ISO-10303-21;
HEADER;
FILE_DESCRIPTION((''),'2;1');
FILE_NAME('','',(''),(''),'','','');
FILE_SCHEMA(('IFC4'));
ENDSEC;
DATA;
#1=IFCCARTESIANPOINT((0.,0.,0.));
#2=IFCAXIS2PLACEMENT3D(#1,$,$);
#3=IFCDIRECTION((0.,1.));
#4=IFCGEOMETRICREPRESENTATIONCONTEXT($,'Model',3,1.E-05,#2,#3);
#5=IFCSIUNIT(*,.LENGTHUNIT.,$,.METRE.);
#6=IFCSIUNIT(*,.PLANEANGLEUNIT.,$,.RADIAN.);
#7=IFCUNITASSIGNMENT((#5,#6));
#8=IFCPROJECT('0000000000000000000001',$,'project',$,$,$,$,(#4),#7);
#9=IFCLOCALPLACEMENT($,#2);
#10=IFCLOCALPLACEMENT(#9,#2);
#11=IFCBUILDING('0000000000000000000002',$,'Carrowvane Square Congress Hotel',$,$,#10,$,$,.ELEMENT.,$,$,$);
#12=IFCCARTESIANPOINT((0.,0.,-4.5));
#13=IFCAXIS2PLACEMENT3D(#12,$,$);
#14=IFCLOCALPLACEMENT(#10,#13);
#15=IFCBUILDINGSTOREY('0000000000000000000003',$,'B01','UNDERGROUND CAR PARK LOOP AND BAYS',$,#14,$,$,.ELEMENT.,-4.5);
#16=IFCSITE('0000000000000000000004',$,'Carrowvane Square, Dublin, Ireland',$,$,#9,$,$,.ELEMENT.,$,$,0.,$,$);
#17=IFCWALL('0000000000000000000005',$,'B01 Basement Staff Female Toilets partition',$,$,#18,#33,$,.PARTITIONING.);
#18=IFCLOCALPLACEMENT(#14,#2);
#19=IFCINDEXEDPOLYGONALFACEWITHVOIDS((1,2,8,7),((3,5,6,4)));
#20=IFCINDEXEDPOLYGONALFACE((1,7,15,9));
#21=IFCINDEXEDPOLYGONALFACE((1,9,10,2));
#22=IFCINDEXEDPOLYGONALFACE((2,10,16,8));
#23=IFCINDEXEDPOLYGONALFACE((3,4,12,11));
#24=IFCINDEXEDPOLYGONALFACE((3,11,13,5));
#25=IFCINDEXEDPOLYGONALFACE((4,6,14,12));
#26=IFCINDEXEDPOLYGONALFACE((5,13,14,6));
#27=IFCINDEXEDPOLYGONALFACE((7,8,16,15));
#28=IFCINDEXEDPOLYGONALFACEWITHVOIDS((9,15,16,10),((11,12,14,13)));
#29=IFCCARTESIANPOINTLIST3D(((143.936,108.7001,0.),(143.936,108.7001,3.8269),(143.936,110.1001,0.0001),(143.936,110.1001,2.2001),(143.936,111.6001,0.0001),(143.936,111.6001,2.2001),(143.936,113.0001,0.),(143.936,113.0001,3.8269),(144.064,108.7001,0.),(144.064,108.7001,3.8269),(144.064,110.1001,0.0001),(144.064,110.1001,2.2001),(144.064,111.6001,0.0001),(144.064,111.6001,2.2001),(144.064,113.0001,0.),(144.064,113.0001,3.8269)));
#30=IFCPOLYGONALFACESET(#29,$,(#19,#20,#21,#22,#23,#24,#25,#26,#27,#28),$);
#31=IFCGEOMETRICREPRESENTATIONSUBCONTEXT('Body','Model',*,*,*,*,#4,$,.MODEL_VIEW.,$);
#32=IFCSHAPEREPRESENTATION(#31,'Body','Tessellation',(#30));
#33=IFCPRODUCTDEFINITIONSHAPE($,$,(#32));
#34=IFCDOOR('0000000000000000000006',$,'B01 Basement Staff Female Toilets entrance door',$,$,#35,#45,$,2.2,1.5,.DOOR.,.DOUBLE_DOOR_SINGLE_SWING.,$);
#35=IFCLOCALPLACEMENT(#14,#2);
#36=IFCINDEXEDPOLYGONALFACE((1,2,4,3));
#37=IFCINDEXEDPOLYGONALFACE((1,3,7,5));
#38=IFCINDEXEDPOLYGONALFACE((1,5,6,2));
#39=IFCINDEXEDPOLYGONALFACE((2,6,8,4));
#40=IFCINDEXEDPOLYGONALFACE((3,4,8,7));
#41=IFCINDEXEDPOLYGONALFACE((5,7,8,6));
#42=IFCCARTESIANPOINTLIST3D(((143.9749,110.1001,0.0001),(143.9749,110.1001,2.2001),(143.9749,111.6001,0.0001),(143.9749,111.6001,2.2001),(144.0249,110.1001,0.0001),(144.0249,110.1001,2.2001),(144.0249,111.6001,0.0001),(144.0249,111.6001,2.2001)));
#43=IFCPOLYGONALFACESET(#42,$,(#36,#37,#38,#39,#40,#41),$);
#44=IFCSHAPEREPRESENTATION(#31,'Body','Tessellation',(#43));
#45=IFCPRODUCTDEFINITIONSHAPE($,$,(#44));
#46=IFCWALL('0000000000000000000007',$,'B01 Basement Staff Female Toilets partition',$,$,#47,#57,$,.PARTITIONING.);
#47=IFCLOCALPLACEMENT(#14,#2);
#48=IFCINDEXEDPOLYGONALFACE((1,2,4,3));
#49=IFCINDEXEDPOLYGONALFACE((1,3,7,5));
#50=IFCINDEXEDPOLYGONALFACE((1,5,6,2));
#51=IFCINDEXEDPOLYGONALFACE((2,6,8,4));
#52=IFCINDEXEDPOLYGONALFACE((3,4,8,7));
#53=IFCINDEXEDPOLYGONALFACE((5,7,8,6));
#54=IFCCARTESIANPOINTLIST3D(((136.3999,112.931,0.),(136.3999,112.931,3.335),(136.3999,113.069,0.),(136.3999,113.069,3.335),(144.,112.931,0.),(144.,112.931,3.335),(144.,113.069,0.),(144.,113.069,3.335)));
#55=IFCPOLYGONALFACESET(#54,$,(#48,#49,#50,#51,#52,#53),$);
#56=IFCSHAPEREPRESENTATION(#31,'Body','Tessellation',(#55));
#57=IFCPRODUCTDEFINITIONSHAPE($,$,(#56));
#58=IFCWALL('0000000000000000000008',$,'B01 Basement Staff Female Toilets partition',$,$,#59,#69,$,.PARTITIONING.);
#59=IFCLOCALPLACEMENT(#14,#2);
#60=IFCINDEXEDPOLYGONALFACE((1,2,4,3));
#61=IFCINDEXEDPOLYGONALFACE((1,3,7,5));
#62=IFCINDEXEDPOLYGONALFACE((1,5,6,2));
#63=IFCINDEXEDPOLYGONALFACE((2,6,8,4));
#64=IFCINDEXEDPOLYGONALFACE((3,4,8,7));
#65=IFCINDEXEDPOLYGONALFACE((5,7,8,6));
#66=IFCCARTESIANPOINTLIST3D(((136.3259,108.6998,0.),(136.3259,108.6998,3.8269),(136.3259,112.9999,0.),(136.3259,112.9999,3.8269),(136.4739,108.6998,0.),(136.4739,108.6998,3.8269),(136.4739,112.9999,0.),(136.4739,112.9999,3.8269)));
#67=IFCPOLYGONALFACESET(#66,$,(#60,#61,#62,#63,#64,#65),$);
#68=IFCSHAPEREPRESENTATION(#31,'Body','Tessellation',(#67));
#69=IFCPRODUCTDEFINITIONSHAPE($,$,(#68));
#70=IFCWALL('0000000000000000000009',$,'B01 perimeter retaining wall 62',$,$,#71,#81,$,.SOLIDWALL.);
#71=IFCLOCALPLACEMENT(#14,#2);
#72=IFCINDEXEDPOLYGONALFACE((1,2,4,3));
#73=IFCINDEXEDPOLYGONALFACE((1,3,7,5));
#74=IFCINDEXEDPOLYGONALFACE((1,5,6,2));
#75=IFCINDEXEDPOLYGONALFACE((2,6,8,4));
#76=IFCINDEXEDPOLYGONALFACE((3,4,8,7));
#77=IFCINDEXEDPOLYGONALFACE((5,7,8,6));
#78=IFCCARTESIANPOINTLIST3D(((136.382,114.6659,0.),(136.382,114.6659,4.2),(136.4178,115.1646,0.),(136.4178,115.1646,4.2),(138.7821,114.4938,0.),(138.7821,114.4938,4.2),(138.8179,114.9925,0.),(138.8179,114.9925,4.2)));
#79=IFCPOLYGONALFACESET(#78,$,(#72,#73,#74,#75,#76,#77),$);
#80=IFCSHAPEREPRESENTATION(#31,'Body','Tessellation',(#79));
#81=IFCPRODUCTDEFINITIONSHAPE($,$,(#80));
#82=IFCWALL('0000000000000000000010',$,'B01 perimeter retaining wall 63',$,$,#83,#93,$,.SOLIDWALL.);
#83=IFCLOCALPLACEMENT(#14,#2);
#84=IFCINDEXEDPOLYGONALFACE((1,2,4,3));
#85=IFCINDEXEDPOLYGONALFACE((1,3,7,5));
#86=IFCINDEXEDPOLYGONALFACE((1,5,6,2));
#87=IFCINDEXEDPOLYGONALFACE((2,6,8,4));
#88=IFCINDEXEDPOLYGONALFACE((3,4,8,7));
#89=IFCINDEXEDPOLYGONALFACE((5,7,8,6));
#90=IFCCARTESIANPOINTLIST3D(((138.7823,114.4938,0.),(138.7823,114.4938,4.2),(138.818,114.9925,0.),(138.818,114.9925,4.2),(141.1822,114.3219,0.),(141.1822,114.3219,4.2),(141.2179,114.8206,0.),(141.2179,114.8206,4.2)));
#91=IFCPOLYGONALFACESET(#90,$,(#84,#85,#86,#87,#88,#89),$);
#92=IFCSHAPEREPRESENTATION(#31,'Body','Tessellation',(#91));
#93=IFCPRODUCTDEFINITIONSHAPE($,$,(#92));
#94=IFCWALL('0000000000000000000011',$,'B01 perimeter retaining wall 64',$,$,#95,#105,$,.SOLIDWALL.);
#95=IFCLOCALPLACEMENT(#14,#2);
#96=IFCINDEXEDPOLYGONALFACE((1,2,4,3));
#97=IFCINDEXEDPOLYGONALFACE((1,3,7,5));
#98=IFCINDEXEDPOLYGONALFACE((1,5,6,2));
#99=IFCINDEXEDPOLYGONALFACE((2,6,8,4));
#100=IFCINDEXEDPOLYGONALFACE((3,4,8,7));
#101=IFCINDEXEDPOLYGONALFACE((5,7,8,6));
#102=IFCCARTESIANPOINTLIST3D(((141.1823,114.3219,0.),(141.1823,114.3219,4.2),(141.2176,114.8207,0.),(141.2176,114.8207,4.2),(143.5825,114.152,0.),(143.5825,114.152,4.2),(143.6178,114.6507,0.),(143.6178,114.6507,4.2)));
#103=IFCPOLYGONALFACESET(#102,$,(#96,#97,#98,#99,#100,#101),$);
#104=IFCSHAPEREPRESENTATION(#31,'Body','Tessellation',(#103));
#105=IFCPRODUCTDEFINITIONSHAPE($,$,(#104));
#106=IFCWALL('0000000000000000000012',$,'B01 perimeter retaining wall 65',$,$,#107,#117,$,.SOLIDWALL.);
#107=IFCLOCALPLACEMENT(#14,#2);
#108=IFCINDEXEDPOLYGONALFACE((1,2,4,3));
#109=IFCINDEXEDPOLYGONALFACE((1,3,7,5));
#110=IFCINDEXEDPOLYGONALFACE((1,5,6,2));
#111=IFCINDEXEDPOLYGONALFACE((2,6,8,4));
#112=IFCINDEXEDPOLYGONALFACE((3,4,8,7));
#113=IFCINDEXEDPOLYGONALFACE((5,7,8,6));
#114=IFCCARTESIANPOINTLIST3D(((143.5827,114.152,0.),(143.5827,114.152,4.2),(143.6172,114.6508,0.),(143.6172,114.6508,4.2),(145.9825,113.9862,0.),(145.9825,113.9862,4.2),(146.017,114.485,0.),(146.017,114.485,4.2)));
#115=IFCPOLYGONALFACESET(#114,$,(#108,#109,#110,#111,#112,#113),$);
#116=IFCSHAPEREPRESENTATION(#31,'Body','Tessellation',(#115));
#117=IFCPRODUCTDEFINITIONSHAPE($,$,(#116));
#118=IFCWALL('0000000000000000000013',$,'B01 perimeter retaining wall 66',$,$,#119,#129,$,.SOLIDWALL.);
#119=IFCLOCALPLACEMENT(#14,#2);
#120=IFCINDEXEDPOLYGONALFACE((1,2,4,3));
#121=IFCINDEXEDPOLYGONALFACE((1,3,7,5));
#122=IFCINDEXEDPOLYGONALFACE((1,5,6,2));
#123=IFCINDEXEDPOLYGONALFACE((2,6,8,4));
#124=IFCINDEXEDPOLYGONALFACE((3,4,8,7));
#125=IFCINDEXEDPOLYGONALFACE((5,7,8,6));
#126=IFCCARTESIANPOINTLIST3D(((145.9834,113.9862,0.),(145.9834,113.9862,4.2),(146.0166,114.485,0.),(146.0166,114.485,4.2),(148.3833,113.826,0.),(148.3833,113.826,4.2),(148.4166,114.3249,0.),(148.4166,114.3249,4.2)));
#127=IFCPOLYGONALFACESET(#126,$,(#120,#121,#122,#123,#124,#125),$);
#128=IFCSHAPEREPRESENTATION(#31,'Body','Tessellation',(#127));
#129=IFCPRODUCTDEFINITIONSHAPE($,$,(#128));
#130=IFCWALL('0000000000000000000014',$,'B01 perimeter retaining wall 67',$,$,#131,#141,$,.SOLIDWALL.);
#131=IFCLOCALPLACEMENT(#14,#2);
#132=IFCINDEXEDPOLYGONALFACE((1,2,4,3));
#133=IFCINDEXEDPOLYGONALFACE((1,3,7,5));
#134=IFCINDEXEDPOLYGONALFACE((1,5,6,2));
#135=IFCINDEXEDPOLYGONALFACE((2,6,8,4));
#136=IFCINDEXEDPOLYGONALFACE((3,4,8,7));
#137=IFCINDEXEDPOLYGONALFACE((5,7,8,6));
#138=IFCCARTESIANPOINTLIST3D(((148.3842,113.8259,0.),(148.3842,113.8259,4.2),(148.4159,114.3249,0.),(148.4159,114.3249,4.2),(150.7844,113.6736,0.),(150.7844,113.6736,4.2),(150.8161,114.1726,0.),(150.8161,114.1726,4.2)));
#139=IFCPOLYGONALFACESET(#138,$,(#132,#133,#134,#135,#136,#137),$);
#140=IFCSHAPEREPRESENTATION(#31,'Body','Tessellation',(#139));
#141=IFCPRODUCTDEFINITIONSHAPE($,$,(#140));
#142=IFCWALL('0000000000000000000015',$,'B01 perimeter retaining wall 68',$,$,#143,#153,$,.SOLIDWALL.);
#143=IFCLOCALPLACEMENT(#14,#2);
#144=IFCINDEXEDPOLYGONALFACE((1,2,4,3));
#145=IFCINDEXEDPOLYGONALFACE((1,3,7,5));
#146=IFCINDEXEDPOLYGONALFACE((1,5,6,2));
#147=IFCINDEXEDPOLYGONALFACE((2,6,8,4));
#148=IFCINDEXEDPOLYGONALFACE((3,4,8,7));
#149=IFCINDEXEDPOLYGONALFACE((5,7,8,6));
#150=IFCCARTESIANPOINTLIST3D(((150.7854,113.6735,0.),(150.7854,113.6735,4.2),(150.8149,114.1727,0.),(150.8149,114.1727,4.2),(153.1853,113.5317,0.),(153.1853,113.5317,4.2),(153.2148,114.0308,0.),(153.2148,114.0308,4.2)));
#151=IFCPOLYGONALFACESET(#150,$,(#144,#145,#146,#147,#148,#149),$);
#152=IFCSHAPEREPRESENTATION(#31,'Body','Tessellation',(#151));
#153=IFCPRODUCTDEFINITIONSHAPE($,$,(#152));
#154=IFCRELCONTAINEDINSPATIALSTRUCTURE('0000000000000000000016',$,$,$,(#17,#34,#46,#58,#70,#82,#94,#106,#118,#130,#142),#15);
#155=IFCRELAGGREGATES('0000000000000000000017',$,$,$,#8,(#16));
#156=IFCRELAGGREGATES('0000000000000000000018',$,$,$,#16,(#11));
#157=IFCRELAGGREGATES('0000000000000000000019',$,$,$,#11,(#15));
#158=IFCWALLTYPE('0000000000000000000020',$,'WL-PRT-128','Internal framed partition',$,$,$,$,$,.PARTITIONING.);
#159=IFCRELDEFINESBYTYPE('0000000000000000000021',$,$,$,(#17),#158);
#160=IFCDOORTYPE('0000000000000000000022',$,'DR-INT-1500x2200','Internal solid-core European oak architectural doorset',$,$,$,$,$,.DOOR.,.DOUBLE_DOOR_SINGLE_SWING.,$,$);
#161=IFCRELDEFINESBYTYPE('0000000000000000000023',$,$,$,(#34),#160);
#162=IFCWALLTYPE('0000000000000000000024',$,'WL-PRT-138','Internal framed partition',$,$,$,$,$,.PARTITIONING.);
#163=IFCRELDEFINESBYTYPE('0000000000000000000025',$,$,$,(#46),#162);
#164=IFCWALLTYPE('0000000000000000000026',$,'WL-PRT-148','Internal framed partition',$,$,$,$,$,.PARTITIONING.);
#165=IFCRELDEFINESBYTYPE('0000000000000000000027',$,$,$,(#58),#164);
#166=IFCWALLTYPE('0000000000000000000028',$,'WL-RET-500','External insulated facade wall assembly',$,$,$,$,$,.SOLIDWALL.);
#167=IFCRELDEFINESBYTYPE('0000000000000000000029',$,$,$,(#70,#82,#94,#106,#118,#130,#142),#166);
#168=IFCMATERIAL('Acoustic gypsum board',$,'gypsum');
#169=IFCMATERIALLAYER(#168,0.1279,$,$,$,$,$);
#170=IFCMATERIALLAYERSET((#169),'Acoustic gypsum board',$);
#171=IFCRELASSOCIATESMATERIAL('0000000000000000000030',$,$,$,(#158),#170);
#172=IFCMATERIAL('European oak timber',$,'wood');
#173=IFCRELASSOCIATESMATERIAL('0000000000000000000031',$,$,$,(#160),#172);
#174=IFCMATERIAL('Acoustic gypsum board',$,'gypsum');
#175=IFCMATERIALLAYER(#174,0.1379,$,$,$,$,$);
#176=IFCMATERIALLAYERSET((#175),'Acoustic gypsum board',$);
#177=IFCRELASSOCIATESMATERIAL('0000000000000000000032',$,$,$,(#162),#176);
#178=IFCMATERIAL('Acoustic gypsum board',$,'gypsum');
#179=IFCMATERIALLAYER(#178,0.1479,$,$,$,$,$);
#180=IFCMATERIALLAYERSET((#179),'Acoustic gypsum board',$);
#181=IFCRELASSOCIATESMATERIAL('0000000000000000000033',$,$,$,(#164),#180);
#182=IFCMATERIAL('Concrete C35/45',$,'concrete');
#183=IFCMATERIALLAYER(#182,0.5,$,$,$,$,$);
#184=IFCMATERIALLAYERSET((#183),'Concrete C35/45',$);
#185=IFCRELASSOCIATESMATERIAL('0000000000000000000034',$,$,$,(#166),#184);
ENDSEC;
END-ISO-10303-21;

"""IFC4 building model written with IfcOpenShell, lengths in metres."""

from ifc_helpers import new_model, si_unit, direction, frame, frame_2d, origin, place, context, subcontext, project, spatial, rectangle, extrude, material, layer, layer_set, type_object, element, fill, save


model = new_model("IFC4")

# Units and contexts
model_context = context("Model", 3, precision=1e-05, world=origin(), true_north=direction((0.0, 1.0)))
body_context = subcontext(model_context, "Body", "Model", "MODEL_VIEW")
ifc_project = project(units=[si_unit("LENGTHUNIT", "METRE"), si_unit("PLANEANGLEUNIT", "RADIAN")], contexts=[model_context])

# Site, building, storey
site_placement = place(None, origin())
site = spatial("IfcSite", under=ifc_project, at=site_placement, Name="Carrowvane Square, Dublin, Ireland", CompositionType="ELEMENT", RefElevation=0.0)
building_placement = place(site_placement, origin())
building = spatial("IfcBuilding", under=site, at=building_placement, Name="Carrowvane Square Congress Hotel", CompositionType="ELEMENT")
storey_placement = place(building_placement, frame((0.0, 0.0, -4.5)))
storey = spatial("IfcBuildingStorey", under=building, at=storey_placement, Name="B01", Description="UNDERGROUND CAR PARK LOOP AND BAYS", CompositionType="ELEMENT", Elevation=-4.5)

# Wall, opening, door
ifc_material_1 = material(Name="Acoustic gypsum board", Category="gypsum")
ifc_layer_1 = layer(ifc_material_1, 0.1279)
ifc_layer_set_1 = layer_set([ifc_layer_1], Name="Acoustic gypsum board")
wall_type_1 = type_object("IfcWallType", Name="WL-PRT-128", Description="Internal framed partition", PredefinedType="PARTITIONING", material=ifc_layer_set_1)
wall_1_placement = place(storey_placement, frame((144.0, 113.0, 0.0), z_axis=(0.0, 0.0, 1.0), x_axis=(0.0, -1.0, 0.0)))
wall_1 = element("IfcWall", 1, at=wall_1_placement, inside=storey, type_object=wall_type_1, Name="B01 Basement Staff Female Toilets partition", PredefinedType="PARTITIONING", context=body_context, shape_type="SweptSolid", body=[
    extrude(rectangle(XDim=4.3, YDim=0.1279, at=frame_2d((2.1499, 0.0))), origin(), (0.0, 0.0, 1.0), 3.8269),
])
opening_placement = place(wall_1_placement, frame((1.3999, 0.0, 0.0)))
opening = element("IfcOpeningElement", 2, at=opening_placement, cuts=wall_1, PredefinedType="OPENING", context=body_context, shape_type="SweptSolid", body=[
    extrude(rectangle(XDim=1.5, YDim=2.2, at=frame_2d((0.75, 1.1001))), frame((0.0, 0.074, 0.0), z_axis=(0.0, -1.0, 0.0), x_axis=(1.0, 0.0, 0.0)), (0.0, 0.0, 1.0), 0.1479),
])
ifc_material_2 = material(Name="European oak timber", Category="wood")
door_type = type_object("IfcDoorType", Name="DR-INT-1500x2200", Description="Internal solid-core European oak architectural doorset", OperationType="DOUBLE_DOOR_SINGLE_SWING", PredefinedType="DOOR", material=ifc_material_2)
door_placement = place(opening_placement, origin())
door = element("IfcDoor", 3, at=door_placement, inside=storey, type_object=door_type, Name="B01 Basement Staff Female Toilets entrance door", OperationType="DOUBLE_DOOR_SINGLE_SWING", OverallHeight=2.2, OverallWidth=1.5, PredefinedType="DOOR", context=body_context, shape_type="SweptSolid", body=[
    extrude(rectangle(XDim=1.5, YDim=2.2, at=frame_2d((0.75, 1.1001))), frame((0.0, 0.0249, 0.0), z_axis=(0.0, -1.0, 0.0), x_axis=(1.0, 0.0, 0.0)), (0.0, 0.0, 1.0), 0.05),
])
fill(opening, door)

# Walls
ifc_material_3 = material(Name="Acoustic gypsum board", Category="gypsum")
ifc_layer_2 = layer(ifc_material_3, 0.1379)
ifc_layer_set_2 = layer_set([ifc_layer_2], Name="Acoustic gypsum board")
wall_type_2 = type_object("IfcWallType", Name="WL-PRT-138", Description="Internal framed partition", PredefinedType="PARTITIONING", material=ifc_layer_set_2)
wall_2_placement = place(storey_placement, frame((136.3999, 113.0, 0.0), z_axis=(0.0, 0.0, 1.0), x_axis=(1.0, 0.0, 0.0)))
element("IfcWall", 4, at=wall_2_placement, inside=storey, type_object=wall_type_2, Name="B01 Basement Staff Female Toilets partition", PredefinedType="PARTITIONING", context=body_context, shape_type="SweptSolid", body=[
    extrude(rectangle(XDim=7.6001, YDim=0.1379, at=frame_2d((3.8, 0.0))), origin(), (0.0, 0.0, 1.0), 3.335),
])
ifc_material_4 = material(Name="Acoustic gypsum board", Category="gypsum")
ifc_layer_3 = layer(ifc_material_4, 0.1479)
ifc_layer_set_3 = layer_set([ifc_layer_3], Name="Acoustic gypsum board")
wall_type_3 = type_object("IfcWallType", Name="WL-PRT-148", Description="Internal framed partition", PredefinedType="PARTITIONING", material=ifc_layer_set_3)
wall_3_placement = place(storey_placement, frame((136.3999, 108.7, 0.0), z_axis=(0.0, 0.0, 1.0), x_axis=(0.0, 1.0, 0.0)))
element("IfcWall", 5, at=wall_3_placement, inside=storey, type_object=wall_type_3, Name="B01 Basement Staff Female Toilets partition", PredefinedType="PARTITIONING", context=body_context, shape_type="SweptSolid", body=[
    extrude(rectangle(XDim=4.3, YDim=0.1479, at=frame_2d((2.1499, 0.0))), origin(), (0.0, 0.0, 1.0), 3.8269),
])
ifc_material_5 = material(Name="Concrete C35/45", Category="concrete")
ifc_layer_4 = layer(ifc_material_5, 0.5)
ifc_layer_set_4 = layer_set([ifc_layer_4], Name="Concrete C35/45")
wall_type_4 = type_object("IfcWallType", Name="WL-RET-500", Description="External insulated facade wall assembly", PredefinedType="SOLIDWALL", material=ifc_layer_set_4)
wall_4_placement = place(storey_placement, frame((136.3999, 114.9153, 0.0), z_axis=(0.0, 0.0, 1.0), x_axis=(0.997439, -0.071528, 0.0)))
element("IfcWall", 6, at=wall_4_placement, inside=storey, type_object=wall_type_4, Name="B01 perimeter retaining wall 62", PredefinedType="SOLIDWALL", context=body_context, shape_type="SweptSolid", body=[
    extrude(rectangle(XDim=2.4062, YDim=0.5, at=frame_2d((1.2031, 0.0))), origin(), (0.0, 0.0, 1.0), 4.2),
])
wall_5_placement = place(storey_placement, frame((138.8, 114.7432, 0.0), z_axis=(0.0, 0.0, 1.0), x_axis=(0.997445, -0.071435, 0.0)))
element("IfcWall", 7, at=wall_5_placement, inside=storey, type_object=wall_type_4, Name="B01 perimeter retaining wall 63", PredefinedType="SOLIDWALL", context=body_context, shape_type="SweptSolid", body=[
    extrude(rectangle(XDim=2.406, YDim=0.5, at=frame_2d((1.2031, 0.0))), origin(), (0.0, 0.0, 1.0), 4.2),
])
wall_6_placement = place(storey_placement, frame((141.2, 114.5713, 0.0), z_axis=(0.0, 0.0, 1.0), x_axis=(0.997503, -0.07062, 0.0)))
element("IfcWall", 8, at=wall_6_placement, inside=storey, type_object=wall_type_4, Name="B01 perimeter retaining wall 64", PredefinedType="SOLIDWALL", context=body_context, shape_type="SweptSolid", body=[
    extrude(rectangle(XDim=2.4062, YDim=0.5, at=frame_2d((1.2031, 0.0))), origin(), (0.0, 0.0, 1.0), 4.2),
])
wall_7_placement = place(storey_placement, frame((143.6001, 114.4014, 0.0), z_axis=(0.0, 0.0, 1.0), x_axis=(0.997623, -0.06891, 0.0)))
element("IfcWall", 9, at=wall_7_placement, inside=storey, type_object=wall_type_4, Name="B01 perimeter retaining wall 65", PredefinedType="SOLIDWALL", context=body_context, shape_type="SweptSolid", body=[
    extrude(rectangle(XDim=2.4055, YDim=0.5, at=frame_2d((1.2026, 0.0))), origin(), (0.0, 0.0, 1.0), 4.2),
])
wall_8_placement = place(storey_placement, frame((146.0, 114.2356, 0.0), z_axis=(0.0, 0.0, 1.0), x_axis=(0.997781, -0.066586, 0.0)))
element("IfcWall", 10, at=wall_8_placement, inside=storey, type_object=wall_type_4, Name="B01 perimeter retaining wall 66", PredefinedType="SOLIDWALL", context=body_context, shape_type="SweptSolid", body=[
    extrude(rectangle(XDim=2.4053, YDim=0.5, at=frame_2d((1.2026, 0.0))), origin(), (0.0, 0.0, 1.0), 4.2),
])
wall_9_placement = place(storey_placement, frame((148.3999, 114.0754, 0.0), z_axis=(0.0, 0.0, 1.0), x_axis=(0.997992, -0.063345, 0.0)))
element("IfcWall", 11, at=wall_9_placement, inside=storey, type_object=wall_type_4, Name="B01 perimeter retaining wall 67", PredefinedType="SOLIDWALL", context=body_context, shape_type="SweptSolid", body=[
    extrude(rectangle(XDim=2.405, YDim=0.5, at=frame_2d((1.2026, 0.0))), origin(), (0.0, 0.0, 1.0), 4.2),
])
wall_10_placement = place(storey_placement, frame((150.8, 113.9231, 0.0), z_axis=(0.0, 0.0, 1.0), x_axis=(0.998258, -0.059002, 0.0)))
element("IfcWall", 12, at=wall_10_placement, inside=storey, type_object=wall_type_4, Name="B01 perimeter retaining wall 68", PredefinedType="SOLIDWALL", context=body_context, shape_type="SweptSolid", body=[
    extrude(rectangle(XDim=2.4041, YDim=0.5, at=frame_2d((1.2021, 0.0))), origin(), (0.0, 0.0, 1.0), 4.2),
])

save(model, "model.ifc")
